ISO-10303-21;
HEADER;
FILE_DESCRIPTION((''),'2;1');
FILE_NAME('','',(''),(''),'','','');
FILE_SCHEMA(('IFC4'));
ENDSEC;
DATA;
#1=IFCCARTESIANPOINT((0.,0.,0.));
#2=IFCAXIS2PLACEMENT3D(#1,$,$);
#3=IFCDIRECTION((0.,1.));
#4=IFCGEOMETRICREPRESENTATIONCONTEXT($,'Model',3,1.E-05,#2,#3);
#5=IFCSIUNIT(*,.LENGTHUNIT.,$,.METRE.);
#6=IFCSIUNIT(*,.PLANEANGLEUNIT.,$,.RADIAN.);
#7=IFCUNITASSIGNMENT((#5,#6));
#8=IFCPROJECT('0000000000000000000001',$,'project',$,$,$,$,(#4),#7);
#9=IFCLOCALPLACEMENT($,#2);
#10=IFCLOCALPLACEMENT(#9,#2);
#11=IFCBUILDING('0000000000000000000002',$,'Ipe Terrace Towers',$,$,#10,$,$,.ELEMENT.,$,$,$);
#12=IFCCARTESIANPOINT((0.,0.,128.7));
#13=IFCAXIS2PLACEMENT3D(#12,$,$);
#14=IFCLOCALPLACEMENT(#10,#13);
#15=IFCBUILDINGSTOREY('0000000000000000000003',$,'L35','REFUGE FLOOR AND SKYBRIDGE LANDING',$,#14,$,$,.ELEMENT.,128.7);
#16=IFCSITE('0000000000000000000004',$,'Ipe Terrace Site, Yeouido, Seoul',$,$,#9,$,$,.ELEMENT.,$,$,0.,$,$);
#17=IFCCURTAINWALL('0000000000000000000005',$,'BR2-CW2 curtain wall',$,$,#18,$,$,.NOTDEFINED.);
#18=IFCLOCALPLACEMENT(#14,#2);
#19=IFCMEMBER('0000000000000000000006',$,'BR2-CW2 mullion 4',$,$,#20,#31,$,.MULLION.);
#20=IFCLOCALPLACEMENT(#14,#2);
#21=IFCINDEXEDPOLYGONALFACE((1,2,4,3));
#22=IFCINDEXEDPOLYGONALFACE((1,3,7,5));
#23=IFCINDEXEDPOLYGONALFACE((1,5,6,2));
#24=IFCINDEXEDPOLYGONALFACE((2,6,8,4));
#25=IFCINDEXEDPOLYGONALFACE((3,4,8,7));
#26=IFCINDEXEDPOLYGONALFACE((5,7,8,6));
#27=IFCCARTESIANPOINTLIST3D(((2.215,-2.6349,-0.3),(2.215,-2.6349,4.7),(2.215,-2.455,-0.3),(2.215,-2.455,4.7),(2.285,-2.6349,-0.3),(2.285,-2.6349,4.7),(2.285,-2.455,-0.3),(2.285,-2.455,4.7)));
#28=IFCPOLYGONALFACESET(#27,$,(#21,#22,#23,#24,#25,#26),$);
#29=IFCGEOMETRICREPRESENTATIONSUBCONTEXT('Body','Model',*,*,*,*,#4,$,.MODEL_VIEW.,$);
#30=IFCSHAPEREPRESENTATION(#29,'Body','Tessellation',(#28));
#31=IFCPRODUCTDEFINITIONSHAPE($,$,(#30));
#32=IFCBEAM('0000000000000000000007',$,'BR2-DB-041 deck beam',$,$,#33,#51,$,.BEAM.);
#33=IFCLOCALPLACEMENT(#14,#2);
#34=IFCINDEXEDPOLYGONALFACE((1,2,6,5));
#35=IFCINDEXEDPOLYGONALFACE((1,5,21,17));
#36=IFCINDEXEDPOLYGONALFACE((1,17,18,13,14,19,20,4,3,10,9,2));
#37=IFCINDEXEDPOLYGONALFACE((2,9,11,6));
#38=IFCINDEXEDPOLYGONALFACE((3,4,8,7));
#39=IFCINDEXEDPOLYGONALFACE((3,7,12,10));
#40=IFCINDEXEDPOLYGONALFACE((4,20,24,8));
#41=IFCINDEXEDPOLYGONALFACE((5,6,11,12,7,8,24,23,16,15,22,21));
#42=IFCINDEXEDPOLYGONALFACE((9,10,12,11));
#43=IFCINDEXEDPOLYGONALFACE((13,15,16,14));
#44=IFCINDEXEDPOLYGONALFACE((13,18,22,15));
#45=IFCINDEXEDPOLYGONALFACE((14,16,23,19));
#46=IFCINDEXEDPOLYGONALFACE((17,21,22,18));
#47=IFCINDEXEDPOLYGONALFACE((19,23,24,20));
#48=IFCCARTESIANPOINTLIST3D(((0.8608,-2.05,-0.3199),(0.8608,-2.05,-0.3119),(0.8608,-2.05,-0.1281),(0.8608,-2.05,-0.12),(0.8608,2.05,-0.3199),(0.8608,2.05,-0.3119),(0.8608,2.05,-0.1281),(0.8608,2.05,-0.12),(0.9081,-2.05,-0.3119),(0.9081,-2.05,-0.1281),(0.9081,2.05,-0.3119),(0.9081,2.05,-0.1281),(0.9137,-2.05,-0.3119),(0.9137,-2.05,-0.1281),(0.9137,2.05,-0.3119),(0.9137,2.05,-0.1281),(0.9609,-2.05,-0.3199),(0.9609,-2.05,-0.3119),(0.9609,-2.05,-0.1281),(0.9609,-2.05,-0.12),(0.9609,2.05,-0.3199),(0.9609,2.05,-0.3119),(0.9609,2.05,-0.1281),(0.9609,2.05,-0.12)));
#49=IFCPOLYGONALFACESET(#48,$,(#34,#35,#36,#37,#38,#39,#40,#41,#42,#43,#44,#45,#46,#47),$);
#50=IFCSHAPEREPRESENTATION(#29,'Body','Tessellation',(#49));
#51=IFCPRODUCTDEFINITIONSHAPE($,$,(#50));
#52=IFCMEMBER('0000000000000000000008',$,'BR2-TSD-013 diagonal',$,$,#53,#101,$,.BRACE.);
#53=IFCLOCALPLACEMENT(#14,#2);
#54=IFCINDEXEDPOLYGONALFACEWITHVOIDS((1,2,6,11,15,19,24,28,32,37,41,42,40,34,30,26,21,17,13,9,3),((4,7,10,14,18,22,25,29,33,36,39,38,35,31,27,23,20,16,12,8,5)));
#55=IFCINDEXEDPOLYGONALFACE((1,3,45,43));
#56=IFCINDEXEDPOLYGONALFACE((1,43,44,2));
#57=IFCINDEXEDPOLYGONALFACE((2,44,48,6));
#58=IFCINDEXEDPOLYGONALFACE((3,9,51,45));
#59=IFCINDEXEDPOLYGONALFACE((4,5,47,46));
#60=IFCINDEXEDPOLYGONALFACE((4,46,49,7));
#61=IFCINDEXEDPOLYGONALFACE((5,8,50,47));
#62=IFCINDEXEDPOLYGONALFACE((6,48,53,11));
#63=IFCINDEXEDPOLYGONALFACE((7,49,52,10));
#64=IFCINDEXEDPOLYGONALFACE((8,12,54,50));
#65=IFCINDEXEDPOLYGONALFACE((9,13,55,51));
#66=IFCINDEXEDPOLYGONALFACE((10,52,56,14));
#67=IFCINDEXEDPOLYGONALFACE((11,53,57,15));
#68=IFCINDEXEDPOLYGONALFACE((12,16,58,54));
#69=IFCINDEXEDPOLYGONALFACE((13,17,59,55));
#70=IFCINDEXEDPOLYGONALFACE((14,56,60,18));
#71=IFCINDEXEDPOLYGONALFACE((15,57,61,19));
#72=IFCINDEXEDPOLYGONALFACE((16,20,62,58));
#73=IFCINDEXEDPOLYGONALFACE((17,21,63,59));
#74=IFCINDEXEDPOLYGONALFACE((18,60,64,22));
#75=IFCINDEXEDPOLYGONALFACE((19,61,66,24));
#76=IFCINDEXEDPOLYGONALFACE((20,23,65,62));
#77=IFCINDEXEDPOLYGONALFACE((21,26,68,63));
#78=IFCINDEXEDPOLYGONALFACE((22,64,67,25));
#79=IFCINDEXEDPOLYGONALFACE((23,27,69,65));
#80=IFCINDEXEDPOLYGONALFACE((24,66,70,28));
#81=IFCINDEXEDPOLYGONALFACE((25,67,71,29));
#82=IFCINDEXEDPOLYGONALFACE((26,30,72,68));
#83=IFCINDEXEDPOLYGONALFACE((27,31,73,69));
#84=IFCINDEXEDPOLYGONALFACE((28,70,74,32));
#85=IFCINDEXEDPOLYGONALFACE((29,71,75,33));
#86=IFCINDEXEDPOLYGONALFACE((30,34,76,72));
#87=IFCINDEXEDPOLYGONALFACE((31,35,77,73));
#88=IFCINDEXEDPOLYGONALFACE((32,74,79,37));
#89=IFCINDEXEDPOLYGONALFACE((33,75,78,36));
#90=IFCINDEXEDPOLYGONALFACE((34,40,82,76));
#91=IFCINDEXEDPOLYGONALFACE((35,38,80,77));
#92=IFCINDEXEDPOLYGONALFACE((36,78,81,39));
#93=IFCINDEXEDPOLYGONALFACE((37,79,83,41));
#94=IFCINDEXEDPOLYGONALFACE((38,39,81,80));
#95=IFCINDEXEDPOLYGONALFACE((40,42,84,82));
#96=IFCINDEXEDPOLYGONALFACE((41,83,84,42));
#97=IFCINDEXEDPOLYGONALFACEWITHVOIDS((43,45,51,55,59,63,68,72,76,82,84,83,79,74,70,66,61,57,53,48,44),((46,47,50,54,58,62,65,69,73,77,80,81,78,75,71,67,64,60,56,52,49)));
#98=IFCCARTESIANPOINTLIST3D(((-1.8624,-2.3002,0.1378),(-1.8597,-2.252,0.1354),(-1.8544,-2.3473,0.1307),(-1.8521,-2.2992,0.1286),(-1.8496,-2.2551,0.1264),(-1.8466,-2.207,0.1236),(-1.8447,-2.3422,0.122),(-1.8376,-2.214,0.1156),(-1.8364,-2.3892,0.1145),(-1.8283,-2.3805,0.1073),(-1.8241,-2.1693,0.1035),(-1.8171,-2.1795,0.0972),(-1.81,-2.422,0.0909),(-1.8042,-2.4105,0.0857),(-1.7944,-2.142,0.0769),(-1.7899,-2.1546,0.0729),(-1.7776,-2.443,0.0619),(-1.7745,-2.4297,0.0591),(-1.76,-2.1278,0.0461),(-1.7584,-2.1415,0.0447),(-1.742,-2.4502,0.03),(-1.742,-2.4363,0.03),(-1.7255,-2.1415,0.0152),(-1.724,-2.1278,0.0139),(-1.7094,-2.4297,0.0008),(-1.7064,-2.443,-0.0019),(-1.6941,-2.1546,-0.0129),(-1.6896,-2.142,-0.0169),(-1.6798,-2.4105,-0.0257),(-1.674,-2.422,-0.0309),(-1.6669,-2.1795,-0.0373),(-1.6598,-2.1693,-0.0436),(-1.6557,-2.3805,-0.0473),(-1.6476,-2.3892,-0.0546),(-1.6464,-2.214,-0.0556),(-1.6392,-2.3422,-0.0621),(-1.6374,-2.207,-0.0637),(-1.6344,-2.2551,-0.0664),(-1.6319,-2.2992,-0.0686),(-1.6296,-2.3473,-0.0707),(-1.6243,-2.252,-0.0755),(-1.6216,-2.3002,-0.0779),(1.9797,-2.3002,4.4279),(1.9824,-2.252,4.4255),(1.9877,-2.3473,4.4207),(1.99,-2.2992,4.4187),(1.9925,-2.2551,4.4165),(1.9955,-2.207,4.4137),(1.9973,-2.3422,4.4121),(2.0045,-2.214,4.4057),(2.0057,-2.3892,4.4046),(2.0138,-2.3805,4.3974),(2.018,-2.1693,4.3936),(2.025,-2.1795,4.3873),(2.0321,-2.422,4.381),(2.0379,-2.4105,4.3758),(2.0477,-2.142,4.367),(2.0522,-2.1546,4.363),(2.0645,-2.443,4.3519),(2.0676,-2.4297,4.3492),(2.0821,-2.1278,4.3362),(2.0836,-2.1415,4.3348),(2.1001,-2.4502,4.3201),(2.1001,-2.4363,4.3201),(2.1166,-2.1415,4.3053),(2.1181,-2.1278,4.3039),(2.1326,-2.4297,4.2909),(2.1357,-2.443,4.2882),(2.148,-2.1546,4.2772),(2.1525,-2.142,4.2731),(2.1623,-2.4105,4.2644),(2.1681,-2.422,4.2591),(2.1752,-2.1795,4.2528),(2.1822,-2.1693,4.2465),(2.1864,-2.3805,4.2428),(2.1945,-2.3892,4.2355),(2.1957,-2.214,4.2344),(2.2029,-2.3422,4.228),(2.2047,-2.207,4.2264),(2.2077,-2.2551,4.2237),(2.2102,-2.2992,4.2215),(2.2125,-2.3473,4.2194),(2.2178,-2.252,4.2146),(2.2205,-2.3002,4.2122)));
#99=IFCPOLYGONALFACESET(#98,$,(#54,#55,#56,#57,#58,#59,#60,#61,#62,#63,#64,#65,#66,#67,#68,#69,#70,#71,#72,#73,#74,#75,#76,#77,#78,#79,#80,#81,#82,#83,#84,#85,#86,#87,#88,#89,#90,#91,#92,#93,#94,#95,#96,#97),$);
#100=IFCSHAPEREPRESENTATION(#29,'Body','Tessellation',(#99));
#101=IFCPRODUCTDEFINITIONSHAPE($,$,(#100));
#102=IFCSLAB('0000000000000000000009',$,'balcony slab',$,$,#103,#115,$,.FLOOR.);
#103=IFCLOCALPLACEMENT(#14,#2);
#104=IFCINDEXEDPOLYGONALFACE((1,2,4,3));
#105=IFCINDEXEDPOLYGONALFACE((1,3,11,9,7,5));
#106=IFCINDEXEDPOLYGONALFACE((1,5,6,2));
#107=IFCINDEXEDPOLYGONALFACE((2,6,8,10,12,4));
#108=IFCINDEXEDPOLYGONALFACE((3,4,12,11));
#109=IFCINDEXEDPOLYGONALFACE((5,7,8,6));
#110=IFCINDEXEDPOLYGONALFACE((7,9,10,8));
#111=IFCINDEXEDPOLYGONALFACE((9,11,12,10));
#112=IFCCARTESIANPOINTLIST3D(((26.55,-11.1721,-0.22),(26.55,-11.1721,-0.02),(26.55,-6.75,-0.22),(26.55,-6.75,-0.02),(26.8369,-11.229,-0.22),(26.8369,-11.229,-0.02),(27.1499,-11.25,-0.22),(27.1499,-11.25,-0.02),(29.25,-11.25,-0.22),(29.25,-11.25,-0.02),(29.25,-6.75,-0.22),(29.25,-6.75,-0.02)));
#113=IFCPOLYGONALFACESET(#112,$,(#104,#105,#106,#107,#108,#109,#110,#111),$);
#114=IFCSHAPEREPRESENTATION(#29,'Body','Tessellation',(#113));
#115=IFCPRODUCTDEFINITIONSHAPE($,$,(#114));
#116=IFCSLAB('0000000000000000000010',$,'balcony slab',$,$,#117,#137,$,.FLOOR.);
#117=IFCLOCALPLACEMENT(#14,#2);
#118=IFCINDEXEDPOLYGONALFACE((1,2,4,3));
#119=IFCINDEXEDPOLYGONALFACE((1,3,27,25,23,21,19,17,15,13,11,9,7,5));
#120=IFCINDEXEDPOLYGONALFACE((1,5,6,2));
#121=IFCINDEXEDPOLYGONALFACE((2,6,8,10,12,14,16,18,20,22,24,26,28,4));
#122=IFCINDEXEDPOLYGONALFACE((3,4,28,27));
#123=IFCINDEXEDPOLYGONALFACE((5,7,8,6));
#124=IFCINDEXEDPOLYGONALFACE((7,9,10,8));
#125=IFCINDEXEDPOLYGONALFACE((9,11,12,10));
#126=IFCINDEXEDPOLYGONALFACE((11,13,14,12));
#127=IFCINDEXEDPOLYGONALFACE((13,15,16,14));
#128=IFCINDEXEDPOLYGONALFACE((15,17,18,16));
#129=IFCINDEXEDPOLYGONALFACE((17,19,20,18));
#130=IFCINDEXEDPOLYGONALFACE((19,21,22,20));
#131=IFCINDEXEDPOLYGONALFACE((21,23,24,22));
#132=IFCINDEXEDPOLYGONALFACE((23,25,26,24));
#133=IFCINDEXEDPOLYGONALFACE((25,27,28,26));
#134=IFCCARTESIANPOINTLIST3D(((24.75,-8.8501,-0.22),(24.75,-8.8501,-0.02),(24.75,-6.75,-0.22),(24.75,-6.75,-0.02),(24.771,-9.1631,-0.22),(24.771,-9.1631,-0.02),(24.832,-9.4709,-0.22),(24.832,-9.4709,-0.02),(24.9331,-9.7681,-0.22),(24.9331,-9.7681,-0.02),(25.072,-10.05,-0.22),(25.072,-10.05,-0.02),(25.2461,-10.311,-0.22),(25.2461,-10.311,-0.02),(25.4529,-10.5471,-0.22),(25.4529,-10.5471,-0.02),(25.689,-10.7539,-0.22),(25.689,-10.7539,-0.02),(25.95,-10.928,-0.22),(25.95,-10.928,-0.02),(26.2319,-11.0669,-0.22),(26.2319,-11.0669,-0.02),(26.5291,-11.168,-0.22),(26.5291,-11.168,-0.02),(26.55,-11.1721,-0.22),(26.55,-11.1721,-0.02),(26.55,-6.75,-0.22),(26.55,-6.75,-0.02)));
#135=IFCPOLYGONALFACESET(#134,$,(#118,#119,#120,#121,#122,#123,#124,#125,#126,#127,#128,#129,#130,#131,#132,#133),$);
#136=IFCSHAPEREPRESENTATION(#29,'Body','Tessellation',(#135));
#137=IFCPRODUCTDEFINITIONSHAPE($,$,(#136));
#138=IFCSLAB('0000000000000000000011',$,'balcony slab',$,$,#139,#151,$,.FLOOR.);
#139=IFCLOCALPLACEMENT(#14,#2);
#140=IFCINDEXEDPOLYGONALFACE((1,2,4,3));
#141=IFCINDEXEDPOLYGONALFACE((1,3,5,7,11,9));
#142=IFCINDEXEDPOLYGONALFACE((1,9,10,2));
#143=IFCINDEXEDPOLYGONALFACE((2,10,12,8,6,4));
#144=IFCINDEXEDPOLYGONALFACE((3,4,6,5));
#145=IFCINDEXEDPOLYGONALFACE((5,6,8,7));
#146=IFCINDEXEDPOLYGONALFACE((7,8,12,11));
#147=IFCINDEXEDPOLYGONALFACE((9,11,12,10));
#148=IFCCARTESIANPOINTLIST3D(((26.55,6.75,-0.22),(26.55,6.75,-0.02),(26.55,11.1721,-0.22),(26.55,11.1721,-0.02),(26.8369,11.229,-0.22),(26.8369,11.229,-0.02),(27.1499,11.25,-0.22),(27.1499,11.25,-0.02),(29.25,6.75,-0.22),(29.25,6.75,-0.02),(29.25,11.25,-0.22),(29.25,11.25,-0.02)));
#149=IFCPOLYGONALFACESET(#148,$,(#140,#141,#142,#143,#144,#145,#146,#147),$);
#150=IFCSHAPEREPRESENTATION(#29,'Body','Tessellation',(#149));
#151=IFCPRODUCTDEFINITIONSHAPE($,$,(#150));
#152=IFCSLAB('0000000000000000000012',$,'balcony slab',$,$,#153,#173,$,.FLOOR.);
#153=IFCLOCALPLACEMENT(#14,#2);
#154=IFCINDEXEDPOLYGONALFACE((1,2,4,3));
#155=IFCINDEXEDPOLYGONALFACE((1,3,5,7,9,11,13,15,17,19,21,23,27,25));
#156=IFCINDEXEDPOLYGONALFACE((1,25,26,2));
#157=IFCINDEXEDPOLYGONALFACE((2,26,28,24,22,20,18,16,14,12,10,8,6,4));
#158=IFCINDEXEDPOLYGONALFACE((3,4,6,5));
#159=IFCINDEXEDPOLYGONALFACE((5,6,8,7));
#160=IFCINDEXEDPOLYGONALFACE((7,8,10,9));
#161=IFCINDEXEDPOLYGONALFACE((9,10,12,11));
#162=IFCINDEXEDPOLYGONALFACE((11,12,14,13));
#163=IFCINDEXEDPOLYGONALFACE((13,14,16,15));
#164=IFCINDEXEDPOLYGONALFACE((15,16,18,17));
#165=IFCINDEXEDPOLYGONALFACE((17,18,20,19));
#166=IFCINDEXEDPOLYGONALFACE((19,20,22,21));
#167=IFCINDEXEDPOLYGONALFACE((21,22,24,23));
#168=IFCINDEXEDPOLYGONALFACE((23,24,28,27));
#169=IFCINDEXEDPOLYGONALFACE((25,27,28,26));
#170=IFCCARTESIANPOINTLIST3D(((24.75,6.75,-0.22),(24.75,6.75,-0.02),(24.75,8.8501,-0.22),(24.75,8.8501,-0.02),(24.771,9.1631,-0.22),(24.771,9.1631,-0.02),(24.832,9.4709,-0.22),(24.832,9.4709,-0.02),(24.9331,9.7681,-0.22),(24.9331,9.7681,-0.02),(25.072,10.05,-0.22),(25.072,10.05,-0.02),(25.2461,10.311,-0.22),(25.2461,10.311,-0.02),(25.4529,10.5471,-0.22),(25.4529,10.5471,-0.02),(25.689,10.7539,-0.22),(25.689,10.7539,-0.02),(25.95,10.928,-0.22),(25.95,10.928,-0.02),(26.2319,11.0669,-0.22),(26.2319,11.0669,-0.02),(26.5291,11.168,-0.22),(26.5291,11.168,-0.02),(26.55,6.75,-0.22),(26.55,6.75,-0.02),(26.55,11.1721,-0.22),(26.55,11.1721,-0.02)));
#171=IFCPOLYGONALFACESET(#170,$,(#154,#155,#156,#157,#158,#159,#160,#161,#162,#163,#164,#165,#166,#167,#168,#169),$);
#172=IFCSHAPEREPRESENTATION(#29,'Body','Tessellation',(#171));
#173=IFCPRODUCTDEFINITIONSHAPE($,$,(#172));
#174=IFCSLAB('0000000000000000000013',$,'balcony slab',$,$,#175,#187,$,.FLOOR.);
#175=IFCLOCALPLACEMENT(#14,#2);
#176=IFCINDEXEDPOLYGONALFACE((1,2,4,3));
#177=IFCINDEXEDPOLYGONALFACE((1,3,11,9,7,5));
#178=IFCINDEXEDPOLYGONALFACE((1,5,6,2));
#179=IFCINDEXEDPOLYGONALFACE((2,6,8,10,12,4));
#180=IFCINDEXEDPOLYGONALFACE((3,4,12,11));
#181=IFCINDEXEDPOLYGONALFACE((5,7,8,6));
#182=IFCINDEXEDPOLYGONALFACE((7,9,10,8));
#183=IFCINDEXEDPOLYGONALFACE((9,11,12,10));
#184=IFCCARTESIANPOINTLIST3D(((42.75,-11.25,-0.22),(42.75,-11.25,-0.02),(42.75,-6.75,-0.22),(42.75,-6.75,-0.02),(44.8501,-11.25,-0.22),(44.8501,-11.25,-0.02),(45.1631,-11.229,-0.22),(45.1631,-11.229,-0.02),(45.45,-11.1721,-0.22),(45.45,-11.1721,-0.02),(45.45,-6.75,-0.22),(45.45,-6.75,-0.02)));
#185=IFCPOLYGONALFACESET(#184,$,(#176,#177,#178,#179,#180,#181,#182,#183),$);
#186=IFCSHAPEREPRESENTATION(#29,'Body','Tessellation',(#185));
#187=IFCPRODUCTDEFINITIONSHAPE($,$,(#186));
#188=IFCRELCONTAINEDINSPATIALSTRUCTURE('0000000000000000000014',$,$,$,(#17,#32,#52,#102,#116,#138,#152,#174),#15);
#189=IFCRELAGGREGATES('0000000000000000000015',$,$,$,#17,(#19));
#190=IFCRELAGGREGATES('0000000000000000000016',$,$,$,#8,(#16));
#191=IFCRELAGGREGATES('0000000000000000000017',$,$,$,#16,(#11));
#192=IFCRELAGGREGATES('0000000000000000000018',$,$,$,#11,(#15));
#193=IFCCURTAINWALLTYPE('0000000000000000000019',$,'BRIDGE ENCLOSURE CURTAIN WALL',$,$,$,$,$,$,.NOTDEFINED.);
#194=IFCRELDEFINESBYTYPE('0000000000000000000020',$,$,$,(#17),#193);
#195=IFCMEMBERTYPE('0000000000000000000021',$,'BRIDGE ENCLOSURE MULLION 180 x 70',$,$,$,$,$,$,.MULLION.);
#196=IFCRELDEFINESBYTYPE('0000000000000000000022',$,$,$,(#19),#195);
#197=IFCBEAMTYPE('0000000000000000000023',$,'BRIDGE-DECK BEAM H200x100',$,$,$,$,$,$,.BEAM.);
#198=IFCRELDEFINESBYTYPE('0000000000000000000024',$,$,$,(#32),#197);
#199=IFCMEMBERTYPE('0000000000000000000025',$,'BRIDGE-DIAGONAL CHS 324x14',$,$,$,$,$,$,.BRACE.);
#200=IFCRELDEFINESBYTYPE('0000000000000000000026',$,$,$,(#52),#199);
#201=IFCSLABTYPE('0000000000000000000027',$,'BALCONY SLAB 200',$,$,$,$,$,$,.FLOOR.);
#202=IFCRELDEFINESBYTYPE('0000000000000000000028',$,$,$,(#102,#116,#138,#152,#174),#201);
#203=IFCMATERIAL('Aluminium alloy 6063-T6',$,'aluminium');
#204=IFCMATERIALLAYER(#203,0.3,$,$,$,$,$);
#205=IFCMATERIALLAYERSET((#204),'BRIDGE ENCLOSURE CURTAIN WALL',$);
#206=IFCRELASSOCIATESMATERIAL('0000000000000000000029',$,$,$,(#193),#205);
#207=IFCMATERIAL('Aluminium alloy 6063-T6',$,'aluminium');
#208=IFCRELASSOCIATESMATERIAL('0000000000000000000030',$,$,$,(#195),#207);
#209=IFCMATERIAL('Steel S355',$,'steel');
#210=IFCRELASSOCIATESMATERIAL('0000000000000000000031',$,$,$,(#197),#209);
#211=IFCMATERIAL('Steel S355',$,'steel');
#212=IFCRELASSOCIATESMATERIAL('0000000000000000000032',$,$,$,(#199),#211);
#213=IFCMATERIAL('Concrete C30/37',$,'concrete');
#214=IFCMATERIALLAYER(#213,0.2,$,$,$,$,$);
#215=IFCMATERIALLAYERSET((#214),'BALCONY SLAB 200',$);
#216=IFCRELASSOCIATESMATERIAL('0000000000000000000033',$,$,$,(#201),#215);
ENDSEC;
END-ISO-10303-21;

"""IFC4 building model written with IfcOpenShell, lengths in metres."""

from ifc_helpers import new_model, si_unit, direction, frame, origin, origin_2d, place, context, subcontext, project, spatial, polyline, rectangle, hollow_circle, i_section, outline, extrude, material, layer, layer_set, material_profile, profile_set, type_object, element, aggregate, save


model = new_model("IFC4")

# Units and contexts
model_context = context("Model", 3, precision=1e-05, world=origin(), true_north=direction((0.0, 1.0)))
body_context = subcontext(model_context, "Body", "Model", "MODEL_VIEW")
ifc_project = project(units=[si_unit("LENGTHUNIT", "METRE"), si_unit("PLANEANGLEUNIT", "RADIAN")], contexts=[model_context])

# Site, building, storey
site_placement = place(None, origin())
site = spatial("IfcSite", under=ifc_project, at=site_placement, Name="Ipe Terrace Site, Yeouido, Seoul", CompositionType="ELEMENT", RefElevation=0.0)
building_placement = place(site_placement, origin())
building = spatial("IfcBuilding", under=site, at=building_placement, Name="Ipe Terrace Towers", CompositionType="ELEMENT")
storey_placement = place(building_placement, frame((0.0, 0.0, 128.7)))
storey = spatial("IfcBuildingStorey", under=building, at=storey_placement, Name="L35", Description="REFUGE FLOOR AND SKYBRIDGE LANDING", CompositionType="ELEMENT", Elevation=128.7)

# Curtain wall, member
ifc_material_1 = material(Name="Aluminium alloy 6063-T6", Category="aluminium")
ifc_layer_1 = layer(ifc_material_1, 0.3)
ifc_layer_set_1 = layer_set([ifc_layer_1], Name="BRIDGE ENCLOSURE CURTAIN WALL")
curtain_wall_type = type_object("IfcCurtainWallType", Name="BRIDGE ENCLOSURE CURTAIN WALL", PredefinedType="NOTDEFINED", material=ifc_layer_set_1)
curtain_wall_placement = place(storey_placement, origin())
curtain_wall = element("IfcCurtainWall", 1, at=curtain_wall_placement, inside=storey, type_object=curtain_wall_type, Name="BR2-CW2 curtain wall", PredefinedType="NOTDEFINED")
ifc_material_2 = material(Name="Aluminium alloy 6063-T6", Category="aluminium")
ifc_material_profile_1 = material_profile(ifc_material_2, rectangle(XDim=0.1799, YDim=0.0701, at=origin_2d()), Name="BRIDGE ENCLOSURE MULLION 180 x 70")
ifc_profile_set_1 = profile_set([ifc_material_profile_1], Name="Aluminium alloy 6063-T6")
member_type_1 = type_object("IfcMemberType", Name="BRIDGE ENCLOSURE MULLION 180 x 70", PredefinedType="MULLION", material=ifc_profile_set_1)
member_1_placement = place(storey_placement, frame((2.25, -2.5449, -0.3), z_axis=(0.0, 0.0, 1.0), x_axis=(0.0, -1.0, 0.0)))
member_1 = element("IfcMember", 2, at=member_1_placement, type_object=member_type_1, Name="BR2-CW2 mullion 4", PredefinedType="MULLION", context=body_context, shape_type="SweptSolid", body=[
    extrude(rectangle(XDim=0.1799, YDim=0.0701, at=origin_2d()), origin(), (0.0, 0.0, 1.0), 5.0),
])

# Beam
ifc_material_3 = material(Name="Steel S355", Category="steel")
ifc_material_profile_2 = material_profile(ifc_material_3, i_section(OverallWidth=0.1001, OverallDepth=0.2, WebThickness=0.0056, FlangeThickness=0.0081, at=origin_2d()), Name="H200x100")
ifc_profile_set_2 = profile_set([ifc_material_profile_2], Name="Steel S355")
beam_type = type_object("IfcBeamType", Name="BRIDGE-DECK BEAM H200x100", PredefinedType="BEAM", material=ifc_profile_set_2)
beam_placement = place(storey_placement, frame((0.9109, -2.05, -0.22), z_axis=(0.0, 1.0, 0.0), x_axis=(-1.0, 0.0, 0.0)))
element("IfcBeam", 3, at=beam_placement, inside=storey, type_object=beam_type, Name="BR2-DB-041 deck beam", PredefinedType="BEAM", context=body_context, shape_type="SweptSolid", body=[
    extrude(i_section(OverallWidth=0.1001, OverallDepth=0.2, WebThickness=0.0056, FlangeThickness=0.0081, at=origin_2d()), origin(), (0.0, 0.0, 1.0), 4.1001),
])

# Member
ifc_material_4 = material(Name="Steel S355", Category="steel")
ifc_material_profile_3 = material_profile(ifc_material_4, hollow_circle(Radius=0.1621, WallThickness=0.0139, at=origin_2d()), Name="BRIDGE-DIAGONAL CHS 324x14")
ifc_profile_set_3 = profile_set([ifc_material_profile_3], Name="Steel S355")
member_type_2 = type_object("IfcMemberType", Name="BRIDGE-DIAGONAL CHS 324x14", PredefinedType="BRACE", material=ifc_profile_set_3)
member_2_placement = place(storey_placement, frame((2.1001, -2.2881, 4.3201), z_axis=(-0.667141, 0.0, -0.744932), x_axis=(0.0, -1.0, 0.0)))
element("IfcMember", 4, at=member_2_placement, inside=storey, type_object=member_type_2, Name="BR2-TSD-013 diagonal", PredefinedType="BRACE", context=body_context, shape_type="SweptSolid", body=[
    extrude(hollow_circle(Radius=0.1621, WallThickness=0.0139, at=origin_2d()), origin(), (0.0, 0.0, 1.0), 5.759),
])

# Slabs
ifc_material_5 = material(Name="Concrete C30/37", Category="concrete")
ifc_layer_2 = layer(ifc_material_5, 0.2)
ifc_layer_set_2 = layer_set([ifc_layer_2], Name="BALCONY SLAB 200")
slab_type_1 = type_object("IfcSlabType", Name="BALCONY SLAB 200", PredefinedType="FLOOR", material=ifc_layer_set_2)
slab_1_placement = place(storey_placement, frame((0.0, 0.0, -0.22)))
element("IfcSlab", 5, at=slab_1_placement, inside=storey, type_object=slab_type_1, Name="balcony slab", PredefinedType="FLOOR", context=body_context, shape_type="SweptSolid", body=[
    extrude(outline(polyline([(26.8369, -11.229), (27.1499, -11.25), (29.25, -11.25), (29.25, -6.75), (26.55, -6.75), (26.55, -11.1721), (26.8369, -11.229)])), origin(), (0.0, 0.0, 1.0), 0.2),
])
slab_2_placement = place(storey_placement, frame((0.0, 0.0, -0.22)))
element("IfcSlab", 6, at=slab_2_placement, inside=storey, type_object=slab_type_1, Name="balcony slab", PredefinedType="FLOOR", context=body_context, shape_type="SweptSolid", body=[
    extrude(outline(polyline([(24.75, -6.75), (24.75, -8.8501), (24.771, -9.1631), (24.832, -9.4709), (24.9331, -9.7681), (25.072, -10.05), (25.2461, -10.311), (25.4529, -10.5471), (25.689, -10.7539), (25.95, -10.928), (26.2319, -11.0669), (26.5291, -11.168), (26.55, -11.1721), (26.55, -6.75), (24.75, -6.75)])), origin(), (0.0, 0.0, 1.0), 0.2),
])
slab_3_placement = place(storey_placement, frame((0.0, 0.0, -0.22)))
element("IfcSlab", 7, at=slab_3_placement, inside=storey, type_object=slab_type_1, Name="balcony slab", PredefinedType="FLOOR", context=body_context, shape_type="SweptSolid", body=[
    extrude(outline(polyline([(26.8369, 11.229), (26.55, 11.1721), (26.55, 6.75), (29.25, 6.75), (29.25, 11.25), (27.1499, 11.25), (26.8369, 11.229)])), origin(), (0.0, 0.0, 1.0), 0.2),
])
slab_4_placement = place(storey_placement, frame((0.0, 0.0, -0.22)))
element("IfcSlab", 8, at=slab_4_placement, inside=storey, type_object=slab_type_1, Name="balcony slab", PredefinedType="FLOOR", context=body_context, shape_type="SweptSolid", body=[
    extrude(outline(polyline([(24.75, 6.75), (26.55, 6.75), (26.55, 11.1721), (26.5291, 11.168), (26.2319, 11.0669), (25.95, 10.928), (25.689, 10.7539), (25.4529, 10.5471), (25.2461, 10.311), (25.072, 10.05), (24.9331, 9.7681), (24.832, 9.4709), (24.771, 9.1631), (24.75, 8.8501), (24.75, 6.75)])), origin(), (0.0, 0.0, 1.0), 0.2),
])
slab_5_placement = place(storey_placement, frame((0.0, 0.0, -0.22)))
element("IfcSlab", 9, at=slab_5_placement, inside=storey, type_object=slab_type_1, Name="balcony slab", PredefinedType="FLOOR", context=body_context, shape_type="SweptSolid", body=[
    extrude(outline(polyline([(45.1631, -11.229), (45.45, -11.1721), (45.45, -6.75), (42.75, -6.75), (42.75, -11.25), (44.8501, -11.25), (45.1631, -11.229)])), origin(), (0.0, 0.0, 1.0), 0.2),
])

aggregate(curtain_wall, [member_1])

save(model, "model.ifc")
